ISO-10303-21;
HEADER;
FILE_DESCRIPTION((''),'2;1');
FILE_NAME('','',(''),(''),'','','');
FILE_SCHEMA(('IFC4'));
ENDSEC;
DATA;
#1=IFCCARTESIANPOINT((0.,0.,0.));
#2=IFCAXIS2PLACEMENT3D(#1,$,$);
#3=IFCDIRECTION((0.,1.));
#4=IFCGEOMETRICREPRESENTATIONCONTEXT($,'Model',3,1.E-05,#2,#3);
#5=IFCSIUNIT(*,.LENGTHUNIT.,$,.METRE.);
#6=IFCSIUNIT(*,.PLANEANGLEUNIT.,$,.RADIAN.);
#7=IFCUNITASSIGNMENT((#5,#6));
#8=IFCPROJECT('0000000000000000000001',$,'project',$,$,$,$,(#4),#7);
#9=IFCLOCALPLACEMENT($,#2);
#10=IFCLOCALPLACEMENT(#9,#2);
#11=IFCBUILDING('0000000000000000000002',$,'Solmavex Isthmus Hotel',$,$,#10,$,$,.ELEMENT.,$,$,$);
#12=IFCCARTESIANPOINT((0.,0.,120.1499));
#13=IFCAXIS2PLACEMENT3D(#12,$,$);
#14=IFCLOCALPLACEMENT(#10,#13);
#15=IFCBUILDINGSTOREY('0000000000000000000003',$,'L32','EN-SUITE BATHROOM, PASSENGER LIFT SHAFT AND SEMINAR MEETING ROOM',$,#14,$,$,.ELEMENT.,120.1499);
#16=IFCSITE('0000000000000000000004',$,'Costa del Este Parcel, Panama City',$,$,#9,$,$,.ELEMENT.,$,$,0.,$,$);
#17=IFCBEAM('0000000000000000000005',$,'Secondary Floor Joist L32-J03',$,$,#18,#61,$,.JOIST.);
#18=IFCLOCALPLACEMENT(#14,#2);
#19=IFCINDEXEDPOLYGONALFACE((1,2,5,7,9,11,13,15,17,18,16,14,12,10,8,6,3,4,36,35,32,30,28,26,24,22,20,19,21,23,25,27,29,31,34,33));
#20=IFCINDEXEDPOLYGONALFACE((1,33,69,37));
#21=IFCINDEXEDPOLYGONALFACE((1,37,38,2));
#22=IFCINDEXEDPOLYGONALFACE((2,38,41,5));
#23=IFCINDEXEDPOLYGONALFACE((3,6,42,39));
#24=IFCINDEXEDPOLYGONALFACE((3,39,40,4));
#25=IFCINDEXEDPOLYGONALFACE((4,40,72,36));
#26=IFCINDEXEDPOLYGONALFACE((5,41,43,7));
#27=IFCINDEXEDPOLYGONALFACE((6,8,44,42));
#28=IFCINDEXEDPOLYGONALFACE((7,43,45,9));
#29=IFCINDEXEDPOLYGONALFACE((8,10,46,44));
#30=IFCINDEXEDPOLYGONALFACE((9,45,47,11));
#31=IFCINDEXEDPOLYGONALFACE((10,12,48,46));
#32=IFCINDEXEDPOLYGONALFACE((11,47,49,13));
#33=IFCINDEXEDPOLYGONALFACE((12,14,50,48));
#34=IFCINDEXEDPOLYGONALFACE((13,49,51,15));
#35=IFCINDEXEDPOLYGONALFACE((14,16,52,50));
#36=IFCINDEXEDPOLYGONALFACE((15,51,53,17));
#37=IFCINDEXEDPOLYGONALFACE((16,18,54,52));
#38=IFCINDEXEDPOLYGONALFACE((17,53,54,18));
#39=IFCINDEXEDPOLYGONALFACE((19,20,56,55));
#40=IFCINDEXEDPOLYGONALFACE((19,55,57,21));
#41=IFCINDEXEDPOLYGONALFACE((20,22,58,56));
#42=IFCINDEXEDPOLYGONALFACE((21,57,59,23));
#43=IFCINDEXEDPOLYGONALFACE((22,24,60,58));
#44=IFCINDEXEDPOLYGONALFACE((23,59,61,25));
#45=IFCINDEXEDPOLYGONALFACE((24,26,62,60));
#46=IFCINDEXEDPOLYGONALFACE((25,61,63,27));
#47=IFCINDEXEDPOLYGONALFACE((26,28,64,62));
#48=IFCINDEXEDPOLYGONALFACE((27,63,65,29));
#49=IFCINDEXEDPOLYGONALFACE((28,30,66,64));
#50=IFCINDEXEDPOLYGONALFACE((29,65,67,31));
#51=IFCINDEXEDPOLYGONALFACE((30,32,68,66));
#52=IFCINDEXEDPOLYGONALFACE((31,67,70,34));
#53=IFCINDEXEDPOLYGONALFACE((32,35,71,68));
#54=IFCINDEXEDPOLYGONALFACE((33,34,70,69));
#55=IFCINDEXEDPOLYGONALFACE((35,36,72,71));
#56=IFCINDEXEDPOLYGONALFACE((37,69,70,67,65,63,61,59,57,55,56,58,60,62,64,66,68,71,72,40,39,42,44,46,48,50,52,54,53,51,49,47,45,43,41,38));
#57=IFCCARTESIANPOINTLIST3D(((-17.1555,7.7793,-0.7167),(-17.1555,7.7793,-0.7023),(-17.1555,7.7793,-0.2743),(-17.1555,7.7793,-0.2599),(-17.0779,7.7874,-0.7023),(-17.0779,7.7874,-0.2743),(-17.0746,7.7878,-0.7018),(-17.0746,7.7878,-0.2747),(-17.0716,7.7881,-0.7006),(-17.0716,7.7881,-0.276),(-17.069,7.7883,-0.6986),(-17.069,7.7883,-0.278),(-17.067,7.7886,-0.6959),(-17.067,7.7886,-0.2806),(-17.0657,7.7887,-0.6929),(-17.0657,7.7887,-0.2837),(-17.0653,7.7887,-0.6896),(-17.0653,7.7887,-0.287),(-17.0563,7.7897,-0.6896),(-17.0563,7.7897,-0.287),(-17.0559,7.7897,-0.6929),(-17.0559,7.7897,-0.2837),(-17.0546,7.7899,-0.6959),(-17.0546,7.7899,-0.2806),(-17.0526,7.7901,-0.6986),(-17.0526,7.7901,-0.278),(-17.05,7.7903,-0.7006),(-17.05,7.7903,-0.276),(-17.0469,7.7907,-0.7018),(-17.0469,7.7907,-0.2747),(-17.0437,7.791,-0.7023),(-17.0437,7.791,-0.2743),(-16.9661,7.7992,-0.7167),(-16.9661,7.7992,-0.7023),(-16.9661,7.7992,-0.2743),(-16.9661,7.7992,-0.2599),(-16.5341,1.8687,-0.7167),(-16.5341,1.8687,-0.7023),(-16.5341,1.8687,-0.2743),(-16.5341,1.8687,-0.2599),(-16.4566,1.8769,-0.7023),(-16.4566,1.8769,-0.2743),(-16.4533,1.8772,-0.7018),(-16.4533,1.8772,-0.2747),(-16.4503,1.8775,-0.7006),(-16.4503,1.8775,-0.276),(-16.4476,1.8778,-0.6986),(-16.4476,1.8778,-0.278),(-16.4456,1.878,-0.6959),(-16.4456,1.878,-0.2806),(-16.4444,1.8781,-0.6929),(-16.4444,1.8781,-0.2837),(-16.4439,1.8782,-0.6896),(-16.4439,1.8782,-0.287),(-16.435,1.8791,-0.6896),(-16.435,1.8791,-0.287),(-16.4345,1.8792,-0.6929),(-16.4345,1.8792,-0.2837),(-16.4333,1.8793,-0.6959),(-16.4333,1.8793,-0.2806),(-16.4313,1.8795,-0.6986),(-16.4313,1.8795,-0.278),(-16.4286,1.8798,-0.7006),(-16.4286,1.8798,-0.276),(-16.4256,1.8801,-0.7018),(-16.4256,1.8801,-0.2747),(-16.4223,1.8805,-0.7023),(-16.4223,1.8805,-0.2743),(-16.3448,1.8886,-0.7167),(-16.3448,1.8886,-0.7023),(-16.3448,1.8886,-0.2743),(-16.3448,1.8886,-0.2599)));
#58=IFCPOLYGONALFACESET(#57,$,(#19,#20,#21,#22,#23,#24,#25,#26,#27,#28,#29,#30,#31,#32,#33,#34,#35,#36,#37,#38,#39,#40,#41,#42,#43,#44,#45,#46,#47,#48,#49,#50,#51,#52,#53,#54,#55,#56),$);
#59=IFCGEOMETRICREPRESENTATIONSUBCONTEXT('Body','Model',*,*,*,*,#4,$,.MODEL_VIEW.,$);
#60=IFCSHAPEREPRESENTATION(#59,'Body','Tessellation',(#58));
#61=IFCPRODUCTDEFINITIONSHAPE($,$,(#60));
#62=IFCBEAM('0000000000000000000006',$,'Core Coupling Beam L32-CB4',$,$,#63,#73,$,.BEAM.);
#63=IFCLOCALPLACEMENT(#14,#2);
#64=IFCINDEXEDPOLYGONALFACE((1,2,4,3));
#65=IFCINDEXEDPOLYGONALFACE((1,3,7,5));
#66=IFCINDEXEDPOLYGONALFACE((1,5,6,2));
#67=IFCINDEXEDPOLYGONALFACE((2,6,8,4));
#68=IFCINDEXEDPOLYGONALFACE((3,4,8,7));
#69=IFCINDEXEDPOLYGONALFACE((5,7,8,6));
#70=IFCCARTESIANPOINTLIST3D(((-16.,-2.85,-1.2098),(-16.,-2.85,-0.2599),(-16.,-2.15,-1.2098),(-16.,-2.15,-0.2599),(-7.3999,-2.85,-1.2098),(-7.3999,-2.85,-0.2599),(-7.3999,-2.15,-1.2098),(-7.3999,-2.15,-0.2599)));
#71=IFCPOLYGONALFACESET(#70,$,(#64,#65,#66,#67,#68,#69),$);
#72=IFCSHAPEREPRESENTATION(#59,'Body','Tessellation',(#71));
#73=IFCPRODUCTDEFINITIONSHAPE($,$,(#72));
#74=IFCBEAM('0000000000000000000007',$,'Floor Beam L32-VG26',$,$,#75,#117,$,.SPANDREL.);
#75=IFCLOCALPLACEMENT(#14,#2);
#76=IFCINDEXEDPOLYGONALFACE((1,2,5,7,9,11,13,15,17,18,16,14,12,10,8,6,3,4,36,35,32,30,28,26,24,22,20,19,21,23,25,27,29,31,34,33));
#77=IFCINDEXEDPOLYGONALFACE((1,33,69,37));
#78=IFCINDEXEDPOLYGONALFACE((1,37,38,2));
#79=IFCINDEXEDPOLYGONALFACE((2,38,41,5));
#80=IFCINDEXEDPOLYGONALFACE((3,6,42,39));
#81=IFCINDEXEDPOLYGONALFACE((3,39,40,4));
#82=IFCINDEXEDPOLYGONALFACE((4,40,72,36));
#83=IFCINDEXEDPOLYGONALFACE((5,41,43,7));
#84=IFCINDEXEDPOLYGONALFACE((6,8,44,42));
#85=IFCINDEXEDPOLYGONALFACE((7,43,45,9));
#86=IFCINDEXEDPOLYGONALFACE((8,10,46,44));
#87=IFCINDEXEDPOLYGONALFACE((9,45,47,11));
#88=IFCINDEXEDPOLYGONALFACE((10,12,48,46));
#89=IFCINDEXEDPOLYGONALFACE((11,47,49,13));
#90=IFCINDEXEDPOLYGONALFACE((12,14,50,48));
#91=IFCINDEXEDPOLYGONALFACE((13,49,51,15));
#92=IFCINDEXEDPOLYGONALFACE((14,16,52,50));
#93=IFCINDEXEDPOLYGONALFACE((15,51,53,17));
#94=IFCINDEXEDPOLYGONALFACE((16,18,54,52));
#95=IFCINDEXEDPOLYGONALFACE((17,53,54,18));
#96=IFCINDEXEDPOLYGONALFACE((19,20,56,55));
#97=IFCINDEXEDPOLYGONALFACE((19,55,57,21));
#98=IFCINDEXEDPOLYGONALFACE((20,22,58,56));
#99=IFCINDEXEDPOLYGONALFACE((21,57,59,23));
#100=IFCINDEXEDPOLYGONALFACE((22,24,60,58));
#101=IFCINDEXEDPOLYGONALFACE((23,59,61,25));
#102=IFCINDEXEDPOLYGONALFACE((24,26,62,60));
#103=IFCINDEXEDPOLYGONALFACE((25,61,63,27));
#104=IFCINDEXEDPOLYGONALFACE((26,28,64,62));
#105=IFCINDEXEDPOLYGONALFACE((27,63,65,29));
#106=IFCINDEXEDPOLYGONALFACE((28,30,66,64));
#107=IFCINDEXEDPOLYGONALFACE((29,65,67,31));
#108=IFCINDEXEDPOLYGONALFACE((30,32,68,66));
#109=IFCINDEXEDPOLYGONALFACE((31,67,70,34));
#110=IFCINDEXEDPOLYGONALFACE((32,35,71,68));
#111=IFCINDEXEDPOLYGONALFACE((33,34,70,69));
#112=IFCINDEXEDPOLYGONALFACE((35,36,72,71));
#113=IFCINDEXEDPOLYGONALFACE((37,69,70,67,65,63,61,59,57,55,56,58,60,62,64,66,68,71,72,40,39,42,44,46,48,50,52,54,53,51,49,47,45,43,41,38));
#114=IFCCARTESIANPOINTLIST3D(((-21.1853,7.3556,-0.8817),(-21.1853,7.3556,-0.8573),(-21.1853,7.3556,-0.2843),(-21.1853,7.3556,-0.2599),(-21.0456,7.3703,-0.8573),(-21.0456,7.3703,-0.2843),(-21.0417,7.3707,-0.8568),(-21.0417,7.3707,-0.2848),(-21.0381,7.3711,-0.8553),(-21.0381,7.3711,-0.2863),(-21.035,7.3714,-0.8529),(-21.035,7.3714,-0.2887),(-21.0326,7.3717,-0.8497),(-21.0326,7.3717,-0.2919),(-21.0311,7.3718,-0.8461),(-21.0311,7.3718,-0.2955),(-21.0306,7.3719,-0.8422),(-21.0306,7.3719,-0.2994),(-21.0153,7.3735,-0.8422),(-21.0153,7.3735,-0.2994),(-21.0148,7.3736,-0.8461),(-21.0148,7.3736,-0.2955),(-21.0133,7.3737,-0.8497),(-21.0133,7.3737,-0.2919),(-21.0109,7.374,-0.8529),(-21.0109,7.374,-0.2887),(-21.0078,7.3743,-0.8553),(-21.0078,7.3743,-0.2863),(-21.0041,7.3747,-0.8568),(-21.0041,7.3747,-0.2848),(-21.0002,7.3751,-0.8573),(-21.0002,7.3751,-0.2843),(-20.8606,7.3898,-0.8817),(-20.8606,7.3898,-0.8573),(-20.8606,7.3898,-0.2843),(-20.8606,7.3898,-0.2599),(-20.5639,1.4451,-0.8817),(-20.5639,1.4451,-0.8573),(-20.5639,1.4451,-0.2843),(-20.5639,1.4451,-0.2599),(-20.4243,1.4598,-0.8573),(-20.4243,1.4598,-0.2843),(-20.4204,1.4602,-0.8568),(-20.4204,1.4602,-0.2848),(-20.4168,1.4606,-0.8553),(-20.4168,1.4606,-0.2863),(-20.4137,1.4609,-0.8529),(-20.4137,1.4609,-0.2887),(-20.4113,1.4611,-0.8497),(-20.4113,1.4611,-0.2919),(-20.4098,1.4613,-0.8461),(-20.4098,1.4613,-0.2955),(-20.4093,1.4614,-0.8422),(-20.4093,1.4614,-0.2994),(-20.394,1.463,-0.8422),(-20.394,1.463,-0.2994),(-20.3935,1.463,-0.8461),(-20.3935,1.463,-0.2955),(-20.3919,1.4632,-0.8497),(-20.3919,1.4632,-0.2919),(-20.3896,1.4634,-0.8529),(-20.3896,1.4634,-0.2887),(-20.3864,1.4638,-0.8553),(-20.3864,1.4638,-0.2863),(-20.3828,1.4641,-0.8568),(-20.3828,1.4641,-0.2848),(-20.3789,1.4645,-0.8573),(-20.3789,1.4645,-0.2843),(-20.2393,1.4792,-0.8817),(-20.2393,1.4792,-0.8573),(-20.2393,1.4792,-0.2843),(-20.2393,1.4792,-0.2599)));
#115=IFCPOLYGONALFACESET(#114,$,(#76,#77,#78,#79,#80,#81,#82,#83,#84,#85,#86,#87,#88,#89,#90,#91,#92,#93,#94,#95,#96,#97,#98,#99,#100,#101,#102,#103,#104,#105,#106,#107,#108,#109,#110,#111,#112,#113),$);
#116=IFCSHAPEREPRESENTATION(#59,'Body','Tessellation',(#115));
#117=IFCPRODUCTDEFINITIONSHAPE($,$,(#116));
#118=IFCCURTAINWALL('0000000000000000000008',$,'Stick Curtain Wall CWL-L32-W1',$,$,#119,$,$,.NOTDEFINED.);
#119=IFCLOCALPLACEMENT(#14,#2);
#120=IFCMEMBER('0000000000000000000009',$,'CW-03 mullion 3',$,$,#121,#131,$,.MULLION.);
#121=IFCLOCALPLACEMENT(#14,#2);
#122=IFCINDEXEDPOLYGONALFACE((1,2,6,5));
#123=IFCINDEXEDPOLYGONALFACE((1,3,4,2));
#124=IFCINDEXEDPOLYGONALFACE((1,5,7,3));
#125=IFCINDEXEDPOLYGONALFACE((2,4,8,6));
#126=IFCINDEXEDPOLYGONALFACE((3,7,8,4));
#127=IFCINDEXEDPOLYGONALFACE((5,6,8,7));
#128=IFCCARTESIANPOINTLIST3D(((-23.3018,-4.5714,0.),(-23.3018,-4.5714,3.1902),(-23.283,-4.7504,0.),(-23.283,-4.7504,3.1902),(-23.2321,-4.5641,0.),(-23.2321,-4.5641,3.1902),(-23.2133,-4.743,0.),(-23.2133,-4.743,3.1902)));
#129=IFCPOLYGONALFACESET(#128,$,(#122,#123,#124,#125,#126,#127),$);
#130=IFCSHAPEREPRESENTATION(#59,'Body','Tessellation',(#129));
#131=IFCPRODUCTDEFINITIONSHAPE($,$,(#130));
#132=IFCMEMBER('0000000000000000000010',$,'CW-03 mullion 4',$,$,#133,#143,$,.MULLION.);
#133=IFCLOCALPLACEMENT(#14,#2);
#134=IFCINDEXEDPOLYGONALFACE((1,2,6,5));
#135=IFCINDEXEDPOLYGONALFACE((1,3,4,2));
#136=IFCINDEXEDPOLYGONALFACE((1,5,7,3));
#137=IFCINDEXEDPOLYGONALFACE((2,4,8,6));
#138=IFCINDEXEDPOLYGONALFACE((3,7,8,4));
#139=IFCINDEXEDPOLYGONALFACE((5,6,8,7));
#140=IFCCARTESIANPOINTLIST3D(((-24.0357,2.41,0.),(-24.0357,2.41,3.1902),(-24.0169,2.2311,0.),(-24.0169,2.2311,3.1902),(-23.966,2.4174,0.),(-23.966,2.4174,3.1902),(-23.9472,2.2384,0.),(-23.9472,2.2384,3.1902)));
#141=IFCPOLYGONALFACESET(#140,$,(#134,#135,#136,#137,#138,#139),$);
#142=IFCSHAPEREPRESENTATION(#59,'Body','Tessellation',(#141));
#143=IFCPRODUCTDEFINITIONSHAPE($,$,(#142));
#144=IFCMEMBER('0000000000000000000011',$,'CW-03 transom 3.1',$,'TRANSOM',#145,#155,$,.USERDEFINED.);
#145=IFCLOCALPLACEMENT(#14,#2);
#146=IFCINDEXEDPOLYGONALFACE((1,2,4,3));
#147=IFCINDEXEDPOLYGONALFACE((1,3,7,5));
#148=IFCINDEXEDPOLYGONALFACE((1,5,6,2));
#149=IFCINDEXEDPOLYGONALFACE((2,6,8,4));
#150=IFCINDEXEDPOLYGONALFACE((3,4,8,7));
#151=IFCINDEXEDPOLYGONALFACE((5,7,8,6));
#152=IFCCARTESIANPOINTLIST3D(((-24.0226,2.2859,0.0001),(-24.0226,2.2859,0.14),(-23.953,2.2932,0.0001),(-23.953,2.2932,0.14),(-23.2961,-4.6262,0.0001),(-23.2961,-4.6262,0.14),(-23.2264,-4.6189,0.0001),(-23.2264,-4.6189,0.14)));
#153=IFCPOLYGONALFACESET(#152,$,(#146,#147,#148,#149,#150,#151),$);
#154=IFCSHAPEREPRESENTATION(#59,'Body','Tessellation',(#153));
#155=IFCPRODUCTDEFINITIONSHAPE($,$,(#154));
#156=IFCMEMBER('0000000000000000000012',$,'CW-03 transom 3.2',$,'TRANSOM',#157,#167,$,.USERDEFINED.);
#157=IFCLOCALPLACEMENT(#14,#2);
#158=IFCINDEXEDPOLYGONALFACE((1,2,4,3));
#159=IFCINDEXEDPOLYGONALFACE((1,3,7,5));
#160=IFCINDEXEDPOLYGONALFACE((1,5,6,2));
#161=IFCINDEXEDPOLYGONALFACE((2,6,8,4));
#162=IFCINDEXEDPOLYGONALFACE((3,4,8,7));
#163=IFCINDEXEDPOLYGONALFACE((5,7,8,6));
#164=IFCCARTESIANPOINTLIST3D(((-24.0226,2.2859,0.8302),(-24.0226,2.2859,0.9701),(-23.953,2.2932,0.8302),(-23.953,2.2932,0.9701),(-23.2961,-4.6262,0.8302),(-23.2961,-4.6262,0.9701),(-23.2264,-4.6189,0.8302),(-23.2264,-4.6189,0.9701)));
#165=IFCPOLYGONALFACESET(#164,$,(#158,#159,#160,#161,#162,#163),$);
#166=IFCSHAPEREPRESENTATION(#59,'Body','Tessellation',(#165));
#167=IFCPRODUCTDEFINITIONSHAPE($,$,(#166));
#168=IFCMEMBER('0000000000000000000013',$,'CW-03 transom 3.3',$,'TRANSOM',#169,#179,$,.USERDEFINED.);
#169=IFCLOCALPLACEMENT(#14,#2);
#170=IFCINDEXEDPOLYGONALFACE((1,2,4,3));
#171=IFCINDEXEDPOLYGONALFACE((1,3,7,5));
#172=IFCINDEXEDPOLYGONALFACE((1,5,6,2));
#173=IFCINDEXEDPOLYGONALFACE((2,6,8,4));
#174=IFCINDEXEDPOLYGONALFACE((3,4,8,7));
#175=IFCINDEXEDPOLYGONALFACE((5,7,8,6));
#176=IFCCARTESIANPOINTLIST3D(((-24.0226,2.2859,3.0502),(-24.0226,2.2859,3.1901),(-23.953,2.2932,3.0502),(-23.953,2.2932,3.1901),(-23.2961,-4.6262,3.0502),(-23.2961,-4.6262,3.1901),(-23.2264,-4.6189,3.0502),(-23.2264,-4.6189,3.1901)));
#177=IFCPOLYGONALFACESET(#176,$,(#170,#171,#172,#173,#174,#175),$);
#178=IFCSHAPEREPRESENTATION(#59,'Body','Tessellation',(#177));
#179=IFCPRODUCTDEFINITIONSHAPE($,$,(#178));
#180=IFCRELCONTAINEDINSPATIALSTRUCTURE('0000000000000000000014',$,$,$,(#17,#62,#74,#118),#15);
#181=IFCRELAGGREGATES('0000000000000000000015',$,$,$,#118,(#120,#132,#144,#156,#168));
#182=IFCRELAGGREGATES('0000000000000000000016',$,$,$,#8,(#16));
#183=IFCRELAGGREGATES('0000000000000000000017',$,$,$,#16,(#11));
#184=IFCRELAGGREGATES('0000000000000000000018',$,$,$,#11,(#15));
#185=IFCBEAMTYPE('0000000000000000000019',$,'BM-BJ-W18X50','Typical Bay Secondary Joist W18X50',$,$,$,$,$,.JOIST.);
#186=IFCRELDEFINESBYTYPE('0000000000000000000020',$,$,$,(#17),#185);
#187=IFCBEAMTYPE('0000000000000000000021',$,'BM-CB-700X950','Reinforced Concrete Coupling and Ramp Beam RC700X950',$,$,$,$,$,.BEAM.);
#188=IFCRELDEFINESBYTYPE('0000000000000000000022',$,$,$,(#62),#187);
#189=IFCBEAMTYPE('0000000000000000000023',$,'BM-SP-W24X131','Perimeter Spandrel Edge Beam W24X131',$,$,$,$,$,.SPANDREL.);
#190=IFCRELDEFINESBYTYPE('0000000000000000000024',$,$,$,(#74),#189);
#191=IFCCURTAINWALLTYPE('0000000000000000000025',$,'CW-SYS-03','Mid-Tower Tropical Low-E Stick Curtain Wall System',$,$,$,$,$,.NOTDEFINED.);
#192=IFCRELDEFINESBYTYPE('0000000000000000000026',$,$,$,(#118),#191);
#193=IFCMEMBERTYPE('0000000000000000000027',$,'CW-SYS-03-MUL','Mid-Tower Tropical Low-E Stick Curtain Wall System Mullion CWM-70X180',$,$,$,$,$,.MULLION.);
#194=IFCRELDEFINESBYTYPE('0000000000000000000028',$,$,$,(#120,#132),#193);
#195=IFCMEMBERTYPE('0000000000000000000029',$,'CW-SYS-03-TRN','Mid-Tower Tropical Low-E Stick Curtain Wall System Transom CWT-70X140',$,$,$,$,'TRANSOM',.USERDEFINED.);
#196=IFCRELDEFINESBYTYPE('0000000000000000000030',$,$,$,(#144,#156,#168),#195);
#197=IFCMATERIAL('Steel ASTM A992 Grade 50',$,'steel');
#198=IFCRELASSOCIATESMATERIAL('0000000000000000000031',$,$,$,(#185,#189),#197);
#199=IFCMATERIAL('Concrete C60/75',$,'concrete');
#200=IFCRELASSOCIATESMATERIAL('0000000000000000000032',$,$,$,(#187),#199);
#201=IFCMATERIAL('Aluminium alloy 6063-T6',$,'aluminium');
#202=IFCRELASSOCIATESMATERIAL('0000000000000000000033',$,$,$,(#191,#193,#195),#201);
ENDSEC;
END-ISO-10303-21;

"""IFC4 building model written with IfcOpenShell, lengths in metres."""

from ifc_helpers import new_model, si_unit, direction, frame, origin, origin_2d, place, context, subcontext, project, spatial, rectangle, i_section, extrude, material, material_profile, profile_set, type_object, element, aggregate, save


model = new_model("IFC4")

# Units and contexts
model_context = context("Model", 3, precision=1e-05, world=origin(), true_north=direction((0.0, 1.0)))
body_context = subcontext(model_context, "Body", "Model", "MODEL_VIEW")
ifc_project = project(units=[si_unit("LENGTHUNIT", "METRE"), si_unit("PLANEANGLEUNIT", "RADIAN")], contexts=[model_context])

# Site, building, storey
site_placement = place(None, origin())
site = spatial("IfcSite", under=ifc_project, at=site_placement, Name="Costa del Este Parcel, Panama City", CompositionType="ELEMENT", RefElevation=0.0)
building_placement = place(site_placement, origin())
building = spatial("IfcBuilding", under=site, at=building_placement, Name="Solmavex Isthmus Hotel", CompositionType="ELEMENT")
storey_placement = place(building_placement, frame((0.0, 0.0, 120.1499)))
storey = spatial("IfcBuildingStorey", under=building, at=storey_placement, Name="L32", Description="EN-SUITE BATHROOM, PASSENGER LIFT SHAFT AND SEMINAR MEETING ROOM", CompositionType="ELEMENT", Elevation=120.1499)

# Shared definitions
ifc_material_1 = material(Name="Concrete C60/75", Category="concrete")

# Beams
ifc_material_2 = material(Name="Steel ASTM A992 Grade 50", Category="steel")
ifc_material_profile_1 = material_profile(ifc_material_2, i_section(OverallWidth=0.1904, OverallDepth=0.4568, WebThickness=0.009, FlangeThickness=0.0144, FilletRadius=0.0127, at=origin_2d()), Name="W18X50")
ifc_profile_set_1 = profile_set([ifc_material_profile_1], Name="Steel ASTM A992 Grade 50")
beam_type_1 = type_object("IfcBeamType", Name="BM-BJ-W18X50", Description="Typical Bay Secondary Joist W18X50", PredefinedType="JOIST", material=ifc_profile_set_1)
beam_1_placement = place(storey_placement, frame((-16.4395, 1.8787, -0.4883), z_axis=(-0.104546, 0.99452, 0.0), x_axis=(-0.99452, -0.104546, 0.0)))
element("IfcBeam", 1, at=beam_1_placement, inside=storey, type_object=beam_type_1, Name="Secondary Floor Joist L32-J03", PredefinedType="JOIST", context=body_context, shape_type="SweptSolid", body=[
    extrude(i_section(OverallWidth=0.1904, OverallDepth=0.4568, WebThickness=0.009, FlangeThickness=0.0144, FilletRadius=0.0127, at=origin_2d()), origin(), (0.0, 0.0, 1.0), 5.9431),
])
ifc_material_profile_2 = material_profile(ifc_material_1, rectangle(XDim=0.7, YDim=0.95, at=origin_2d()), Name="RC700X950")
ifc_profile_set_2 = profile_set([ifc_material_profile_2], Name="Concrete C60/75")
beam_type_2 = type_object("IfcBeamType", Name="BM-CB-700X950", Description="Reinforced Concrete Coupling and Ramp Beam RC700X950", PredefinedType="BEAM", material=ifc_profile_set_2)
beam_2_placement = place(storey_placement, frame((-16.0, -2.5, -0.7349), z_axis=(1.0, 0.0, 0.0), x_axis=(0.0, 1.0, 0.0)))
element("IfcBeam", 2, at=beam_2_placement, inside=storey, type_object=beam_type_2, Name="Core Coupling Beam L32-CB4", PredefinedType="BEAM", context=body_context, shape_type="SweptSolid", body=[
    extrude(rectangle(XDim=0.7, YDim=0.95, at=origin_2d()), origin(), (0.0, 0.0, 1.0), 8.6001),
])
ifc_material_profile_3 = material_profile(ifc_material_2, i_section(OverallWidth=0.3264, OverallDepth=0.6218, WebThickness=0.0154, FlangeThickness=0.0244, FilletRadius=0.0151, at=origin_2d()), Name="W24X131")
ifc_profile_set_3 = profile_set([ifc_material_profile_3], Name="Steel ASTM A992 Grade 50")
beam_type_3 = type_object("IfcBeamType", Name="BM-SP-W24X131", Description="Perimeter Spandrel Edge Beam W24X131", PredefinedType="SPANDREL", material=ifc_profile_set_3)
beam_3_placement = place(storey_placement, frame((-20.4016, 1.4622, -0.5708), z_axis=(-0.104546, 0.99452, 0.0), x_axis=(-0.99452, -0.104546, 0.0)))
element("IfcBeam", 3, at=beam_3_placement, inside=storey, type_object=beam_type_3, Name="Floor Beam L32-VG26", PredefinedType="SPANDREL", context=body_context, shape_type="SweptSolid", body=[
    extrude(i_section(OverallWidth=0.3264, OverallDepth=0.6218, WebThickness=0.0154, FlangeThickness=0.0244, FilletRadius=0.0151, at=origin_2d()), origin(), (0.0, 0.0, 1.0), 5.9431),
])

# Curtain wall, members
ifc_material_3 = material(Name="Aluminium alloy 6063-T6", Category="aluminium")
curtain_wall_type = type_object("IfcCurtainWallType", Name="CW-SYS-03", Description="Mid-Tower Tropical Low-E Stick Curtain Wall System", PredefinedType="NOTDEFINED", material=ifc_material_3)
curtain_wall_placement = place(storey_placement, origin())
curtain_wall = element("IfcCurtainWall", 4, at=curtain_wall_placement, inside=storey, type_object=curtain_wall_type, Name="Stick Curtain Wall CWL-L32-W1", PredefinedType="NOTDEFINED")
ifc_material_profile_4 = material_profile(ifc_material_3, rectangle(XDim=0.0701, YDim=0.1799, at=origin_2d()), Name="CWM-70X180")
ifc_profile_set_4 = profile_set([ifc_material_profile_4], Name="Aluminium alloy 6063-T6")
member_type_1 = type_object("IfcMemberType", Name="CW-SYS-03-MUL", Description="Mid-Tower Tropical Low-E Stick Curtain Wall System Mullion CWM-70X180", PredefinedType="MULLION", material=ifc_profile_set_4)
member_1_placement = place(storey_placement, frame((-23.2576, -4.6572, 0.0), z_axis=(0.0, 0.0, 1.0), x_axis=(-0.994522, -0.104528, 0.0)))
member_1 = element("IfcMember", 5, at=member_1_placement, type_object=member_type_1, Name="CW-03 mullion 3", PredefinedType="MULLION", context=body_context, shape_type="SweptSolid", body=[
    extrude(rectangle(XDim=0.0701, YDim=0.1799, at=origin_2d()), origin(), (0.0, 0.0, 1.0), 3.1902),
])
member_2_placement = place(storey_placement, frame((-23.9915, 2.3242, 0.0), z_axis=(0.0, 0.0, 1.0), x_axis=(-0.994522, -0.104528, 0.0)))
member_2 = element("IfcMember", 6, at=member_2_placement, type_object=member_type_1, Name="CW-03 mullion 4", PredefinedType="MULLION", context=body_context, shape_type="SweptSolid", body=[
    extrude(rectangle(XDim=0.0701, YDim=0.1799, at=origin_2d()), origin(), (0.0, 0.0, 1.0), 3.1902),
])
ifc_material_profile_5 = material_profile(ifc_material_3, rectangle(XDim=0.0701, YDim=0.1399, at=origin_2d()), Name="CWT-70X140")
ifc_profile_set_5 = profile_set([ifc_material_profile_5], Name="Aluminium alloy 6063-T6")
member_type_2 = type_object("IfcMemberType", Name="CW-SYS-03-TRN", Description="Mid-Tower Tropical Low-E Stick Curtain Wall System Transom CWT-70X140", ElementType="TRANSOM", PredefinedType="USERDEFINED", material=ifc_profile_set_5)
member_3_placement = place(storey_placement, frame((-23.2612, -4.6226, 0.0701), z_axis=(-0.104539, 0.994521, 0.0), x_axis=(-0.994521, -0.104539, 0.0)))
member_3 = element("IfcMember", 7, at=member_3_placement, type_object=member_type_2, Name="CW-03 transom 3.1", ObjectType="TRANSOM", PredefinedType="USERDEFINED", context=body_context, shape_type="SweptSolid", body=[
    extrude(rectangle(XDim=0.0701, YDim=0.1399, at=origin_2d()), origin(), (0.0, 0.0, 1.0), 6.9502),
])
member_4_placement = place(storey_placement, frame((-23.2612, -4.6226, 0.9001), z_axis=(-0.104539, 0.994521, 0.0), x_axis=(-0.994521, -0.104539, 0.0)))
member_4 = element("IfcMember", 8, at=member_4_placement, type_object=member_type_2, Name="CW-03 transom 3.2", ObjectType="TRANSOM", PredefinedType="USERDEFINED", context=body_context, shape_type="SweptSolid", body=[
    extrude(rectangle(XDim=0.0701, YDim=0.1399, at=origin_2d()), origin(), (0.0, 0.0, 1.0), 6.9502),
])
member_5_placement = place(storey_placement, frame((-23.2612, -4.6226, 3.1201), z_axis=(-0.104539, 0.994521, 0.0), x_axis=(-0.994521, -0.104539, 0.0)))
member_5 = element("IfcMember", 9, at=member_5_placement, type_object=member_type_2, Name="CW-03 transom 3.3", ObjectType="TRANSOM", PredefinedType="USERDEFINED", context=body_context, shape_type="SweptSolid", body=[
    extrude(rectangle(XDim=0.0701, YDim=0.1399, at=origin_2d()), origin(), (0.0, 0.0, 1.0), 6.9502),
])
aggregate(curtain_wall, [member_1, member_2, member_3, member_4, member_5])

save(model, "model.ifc")
